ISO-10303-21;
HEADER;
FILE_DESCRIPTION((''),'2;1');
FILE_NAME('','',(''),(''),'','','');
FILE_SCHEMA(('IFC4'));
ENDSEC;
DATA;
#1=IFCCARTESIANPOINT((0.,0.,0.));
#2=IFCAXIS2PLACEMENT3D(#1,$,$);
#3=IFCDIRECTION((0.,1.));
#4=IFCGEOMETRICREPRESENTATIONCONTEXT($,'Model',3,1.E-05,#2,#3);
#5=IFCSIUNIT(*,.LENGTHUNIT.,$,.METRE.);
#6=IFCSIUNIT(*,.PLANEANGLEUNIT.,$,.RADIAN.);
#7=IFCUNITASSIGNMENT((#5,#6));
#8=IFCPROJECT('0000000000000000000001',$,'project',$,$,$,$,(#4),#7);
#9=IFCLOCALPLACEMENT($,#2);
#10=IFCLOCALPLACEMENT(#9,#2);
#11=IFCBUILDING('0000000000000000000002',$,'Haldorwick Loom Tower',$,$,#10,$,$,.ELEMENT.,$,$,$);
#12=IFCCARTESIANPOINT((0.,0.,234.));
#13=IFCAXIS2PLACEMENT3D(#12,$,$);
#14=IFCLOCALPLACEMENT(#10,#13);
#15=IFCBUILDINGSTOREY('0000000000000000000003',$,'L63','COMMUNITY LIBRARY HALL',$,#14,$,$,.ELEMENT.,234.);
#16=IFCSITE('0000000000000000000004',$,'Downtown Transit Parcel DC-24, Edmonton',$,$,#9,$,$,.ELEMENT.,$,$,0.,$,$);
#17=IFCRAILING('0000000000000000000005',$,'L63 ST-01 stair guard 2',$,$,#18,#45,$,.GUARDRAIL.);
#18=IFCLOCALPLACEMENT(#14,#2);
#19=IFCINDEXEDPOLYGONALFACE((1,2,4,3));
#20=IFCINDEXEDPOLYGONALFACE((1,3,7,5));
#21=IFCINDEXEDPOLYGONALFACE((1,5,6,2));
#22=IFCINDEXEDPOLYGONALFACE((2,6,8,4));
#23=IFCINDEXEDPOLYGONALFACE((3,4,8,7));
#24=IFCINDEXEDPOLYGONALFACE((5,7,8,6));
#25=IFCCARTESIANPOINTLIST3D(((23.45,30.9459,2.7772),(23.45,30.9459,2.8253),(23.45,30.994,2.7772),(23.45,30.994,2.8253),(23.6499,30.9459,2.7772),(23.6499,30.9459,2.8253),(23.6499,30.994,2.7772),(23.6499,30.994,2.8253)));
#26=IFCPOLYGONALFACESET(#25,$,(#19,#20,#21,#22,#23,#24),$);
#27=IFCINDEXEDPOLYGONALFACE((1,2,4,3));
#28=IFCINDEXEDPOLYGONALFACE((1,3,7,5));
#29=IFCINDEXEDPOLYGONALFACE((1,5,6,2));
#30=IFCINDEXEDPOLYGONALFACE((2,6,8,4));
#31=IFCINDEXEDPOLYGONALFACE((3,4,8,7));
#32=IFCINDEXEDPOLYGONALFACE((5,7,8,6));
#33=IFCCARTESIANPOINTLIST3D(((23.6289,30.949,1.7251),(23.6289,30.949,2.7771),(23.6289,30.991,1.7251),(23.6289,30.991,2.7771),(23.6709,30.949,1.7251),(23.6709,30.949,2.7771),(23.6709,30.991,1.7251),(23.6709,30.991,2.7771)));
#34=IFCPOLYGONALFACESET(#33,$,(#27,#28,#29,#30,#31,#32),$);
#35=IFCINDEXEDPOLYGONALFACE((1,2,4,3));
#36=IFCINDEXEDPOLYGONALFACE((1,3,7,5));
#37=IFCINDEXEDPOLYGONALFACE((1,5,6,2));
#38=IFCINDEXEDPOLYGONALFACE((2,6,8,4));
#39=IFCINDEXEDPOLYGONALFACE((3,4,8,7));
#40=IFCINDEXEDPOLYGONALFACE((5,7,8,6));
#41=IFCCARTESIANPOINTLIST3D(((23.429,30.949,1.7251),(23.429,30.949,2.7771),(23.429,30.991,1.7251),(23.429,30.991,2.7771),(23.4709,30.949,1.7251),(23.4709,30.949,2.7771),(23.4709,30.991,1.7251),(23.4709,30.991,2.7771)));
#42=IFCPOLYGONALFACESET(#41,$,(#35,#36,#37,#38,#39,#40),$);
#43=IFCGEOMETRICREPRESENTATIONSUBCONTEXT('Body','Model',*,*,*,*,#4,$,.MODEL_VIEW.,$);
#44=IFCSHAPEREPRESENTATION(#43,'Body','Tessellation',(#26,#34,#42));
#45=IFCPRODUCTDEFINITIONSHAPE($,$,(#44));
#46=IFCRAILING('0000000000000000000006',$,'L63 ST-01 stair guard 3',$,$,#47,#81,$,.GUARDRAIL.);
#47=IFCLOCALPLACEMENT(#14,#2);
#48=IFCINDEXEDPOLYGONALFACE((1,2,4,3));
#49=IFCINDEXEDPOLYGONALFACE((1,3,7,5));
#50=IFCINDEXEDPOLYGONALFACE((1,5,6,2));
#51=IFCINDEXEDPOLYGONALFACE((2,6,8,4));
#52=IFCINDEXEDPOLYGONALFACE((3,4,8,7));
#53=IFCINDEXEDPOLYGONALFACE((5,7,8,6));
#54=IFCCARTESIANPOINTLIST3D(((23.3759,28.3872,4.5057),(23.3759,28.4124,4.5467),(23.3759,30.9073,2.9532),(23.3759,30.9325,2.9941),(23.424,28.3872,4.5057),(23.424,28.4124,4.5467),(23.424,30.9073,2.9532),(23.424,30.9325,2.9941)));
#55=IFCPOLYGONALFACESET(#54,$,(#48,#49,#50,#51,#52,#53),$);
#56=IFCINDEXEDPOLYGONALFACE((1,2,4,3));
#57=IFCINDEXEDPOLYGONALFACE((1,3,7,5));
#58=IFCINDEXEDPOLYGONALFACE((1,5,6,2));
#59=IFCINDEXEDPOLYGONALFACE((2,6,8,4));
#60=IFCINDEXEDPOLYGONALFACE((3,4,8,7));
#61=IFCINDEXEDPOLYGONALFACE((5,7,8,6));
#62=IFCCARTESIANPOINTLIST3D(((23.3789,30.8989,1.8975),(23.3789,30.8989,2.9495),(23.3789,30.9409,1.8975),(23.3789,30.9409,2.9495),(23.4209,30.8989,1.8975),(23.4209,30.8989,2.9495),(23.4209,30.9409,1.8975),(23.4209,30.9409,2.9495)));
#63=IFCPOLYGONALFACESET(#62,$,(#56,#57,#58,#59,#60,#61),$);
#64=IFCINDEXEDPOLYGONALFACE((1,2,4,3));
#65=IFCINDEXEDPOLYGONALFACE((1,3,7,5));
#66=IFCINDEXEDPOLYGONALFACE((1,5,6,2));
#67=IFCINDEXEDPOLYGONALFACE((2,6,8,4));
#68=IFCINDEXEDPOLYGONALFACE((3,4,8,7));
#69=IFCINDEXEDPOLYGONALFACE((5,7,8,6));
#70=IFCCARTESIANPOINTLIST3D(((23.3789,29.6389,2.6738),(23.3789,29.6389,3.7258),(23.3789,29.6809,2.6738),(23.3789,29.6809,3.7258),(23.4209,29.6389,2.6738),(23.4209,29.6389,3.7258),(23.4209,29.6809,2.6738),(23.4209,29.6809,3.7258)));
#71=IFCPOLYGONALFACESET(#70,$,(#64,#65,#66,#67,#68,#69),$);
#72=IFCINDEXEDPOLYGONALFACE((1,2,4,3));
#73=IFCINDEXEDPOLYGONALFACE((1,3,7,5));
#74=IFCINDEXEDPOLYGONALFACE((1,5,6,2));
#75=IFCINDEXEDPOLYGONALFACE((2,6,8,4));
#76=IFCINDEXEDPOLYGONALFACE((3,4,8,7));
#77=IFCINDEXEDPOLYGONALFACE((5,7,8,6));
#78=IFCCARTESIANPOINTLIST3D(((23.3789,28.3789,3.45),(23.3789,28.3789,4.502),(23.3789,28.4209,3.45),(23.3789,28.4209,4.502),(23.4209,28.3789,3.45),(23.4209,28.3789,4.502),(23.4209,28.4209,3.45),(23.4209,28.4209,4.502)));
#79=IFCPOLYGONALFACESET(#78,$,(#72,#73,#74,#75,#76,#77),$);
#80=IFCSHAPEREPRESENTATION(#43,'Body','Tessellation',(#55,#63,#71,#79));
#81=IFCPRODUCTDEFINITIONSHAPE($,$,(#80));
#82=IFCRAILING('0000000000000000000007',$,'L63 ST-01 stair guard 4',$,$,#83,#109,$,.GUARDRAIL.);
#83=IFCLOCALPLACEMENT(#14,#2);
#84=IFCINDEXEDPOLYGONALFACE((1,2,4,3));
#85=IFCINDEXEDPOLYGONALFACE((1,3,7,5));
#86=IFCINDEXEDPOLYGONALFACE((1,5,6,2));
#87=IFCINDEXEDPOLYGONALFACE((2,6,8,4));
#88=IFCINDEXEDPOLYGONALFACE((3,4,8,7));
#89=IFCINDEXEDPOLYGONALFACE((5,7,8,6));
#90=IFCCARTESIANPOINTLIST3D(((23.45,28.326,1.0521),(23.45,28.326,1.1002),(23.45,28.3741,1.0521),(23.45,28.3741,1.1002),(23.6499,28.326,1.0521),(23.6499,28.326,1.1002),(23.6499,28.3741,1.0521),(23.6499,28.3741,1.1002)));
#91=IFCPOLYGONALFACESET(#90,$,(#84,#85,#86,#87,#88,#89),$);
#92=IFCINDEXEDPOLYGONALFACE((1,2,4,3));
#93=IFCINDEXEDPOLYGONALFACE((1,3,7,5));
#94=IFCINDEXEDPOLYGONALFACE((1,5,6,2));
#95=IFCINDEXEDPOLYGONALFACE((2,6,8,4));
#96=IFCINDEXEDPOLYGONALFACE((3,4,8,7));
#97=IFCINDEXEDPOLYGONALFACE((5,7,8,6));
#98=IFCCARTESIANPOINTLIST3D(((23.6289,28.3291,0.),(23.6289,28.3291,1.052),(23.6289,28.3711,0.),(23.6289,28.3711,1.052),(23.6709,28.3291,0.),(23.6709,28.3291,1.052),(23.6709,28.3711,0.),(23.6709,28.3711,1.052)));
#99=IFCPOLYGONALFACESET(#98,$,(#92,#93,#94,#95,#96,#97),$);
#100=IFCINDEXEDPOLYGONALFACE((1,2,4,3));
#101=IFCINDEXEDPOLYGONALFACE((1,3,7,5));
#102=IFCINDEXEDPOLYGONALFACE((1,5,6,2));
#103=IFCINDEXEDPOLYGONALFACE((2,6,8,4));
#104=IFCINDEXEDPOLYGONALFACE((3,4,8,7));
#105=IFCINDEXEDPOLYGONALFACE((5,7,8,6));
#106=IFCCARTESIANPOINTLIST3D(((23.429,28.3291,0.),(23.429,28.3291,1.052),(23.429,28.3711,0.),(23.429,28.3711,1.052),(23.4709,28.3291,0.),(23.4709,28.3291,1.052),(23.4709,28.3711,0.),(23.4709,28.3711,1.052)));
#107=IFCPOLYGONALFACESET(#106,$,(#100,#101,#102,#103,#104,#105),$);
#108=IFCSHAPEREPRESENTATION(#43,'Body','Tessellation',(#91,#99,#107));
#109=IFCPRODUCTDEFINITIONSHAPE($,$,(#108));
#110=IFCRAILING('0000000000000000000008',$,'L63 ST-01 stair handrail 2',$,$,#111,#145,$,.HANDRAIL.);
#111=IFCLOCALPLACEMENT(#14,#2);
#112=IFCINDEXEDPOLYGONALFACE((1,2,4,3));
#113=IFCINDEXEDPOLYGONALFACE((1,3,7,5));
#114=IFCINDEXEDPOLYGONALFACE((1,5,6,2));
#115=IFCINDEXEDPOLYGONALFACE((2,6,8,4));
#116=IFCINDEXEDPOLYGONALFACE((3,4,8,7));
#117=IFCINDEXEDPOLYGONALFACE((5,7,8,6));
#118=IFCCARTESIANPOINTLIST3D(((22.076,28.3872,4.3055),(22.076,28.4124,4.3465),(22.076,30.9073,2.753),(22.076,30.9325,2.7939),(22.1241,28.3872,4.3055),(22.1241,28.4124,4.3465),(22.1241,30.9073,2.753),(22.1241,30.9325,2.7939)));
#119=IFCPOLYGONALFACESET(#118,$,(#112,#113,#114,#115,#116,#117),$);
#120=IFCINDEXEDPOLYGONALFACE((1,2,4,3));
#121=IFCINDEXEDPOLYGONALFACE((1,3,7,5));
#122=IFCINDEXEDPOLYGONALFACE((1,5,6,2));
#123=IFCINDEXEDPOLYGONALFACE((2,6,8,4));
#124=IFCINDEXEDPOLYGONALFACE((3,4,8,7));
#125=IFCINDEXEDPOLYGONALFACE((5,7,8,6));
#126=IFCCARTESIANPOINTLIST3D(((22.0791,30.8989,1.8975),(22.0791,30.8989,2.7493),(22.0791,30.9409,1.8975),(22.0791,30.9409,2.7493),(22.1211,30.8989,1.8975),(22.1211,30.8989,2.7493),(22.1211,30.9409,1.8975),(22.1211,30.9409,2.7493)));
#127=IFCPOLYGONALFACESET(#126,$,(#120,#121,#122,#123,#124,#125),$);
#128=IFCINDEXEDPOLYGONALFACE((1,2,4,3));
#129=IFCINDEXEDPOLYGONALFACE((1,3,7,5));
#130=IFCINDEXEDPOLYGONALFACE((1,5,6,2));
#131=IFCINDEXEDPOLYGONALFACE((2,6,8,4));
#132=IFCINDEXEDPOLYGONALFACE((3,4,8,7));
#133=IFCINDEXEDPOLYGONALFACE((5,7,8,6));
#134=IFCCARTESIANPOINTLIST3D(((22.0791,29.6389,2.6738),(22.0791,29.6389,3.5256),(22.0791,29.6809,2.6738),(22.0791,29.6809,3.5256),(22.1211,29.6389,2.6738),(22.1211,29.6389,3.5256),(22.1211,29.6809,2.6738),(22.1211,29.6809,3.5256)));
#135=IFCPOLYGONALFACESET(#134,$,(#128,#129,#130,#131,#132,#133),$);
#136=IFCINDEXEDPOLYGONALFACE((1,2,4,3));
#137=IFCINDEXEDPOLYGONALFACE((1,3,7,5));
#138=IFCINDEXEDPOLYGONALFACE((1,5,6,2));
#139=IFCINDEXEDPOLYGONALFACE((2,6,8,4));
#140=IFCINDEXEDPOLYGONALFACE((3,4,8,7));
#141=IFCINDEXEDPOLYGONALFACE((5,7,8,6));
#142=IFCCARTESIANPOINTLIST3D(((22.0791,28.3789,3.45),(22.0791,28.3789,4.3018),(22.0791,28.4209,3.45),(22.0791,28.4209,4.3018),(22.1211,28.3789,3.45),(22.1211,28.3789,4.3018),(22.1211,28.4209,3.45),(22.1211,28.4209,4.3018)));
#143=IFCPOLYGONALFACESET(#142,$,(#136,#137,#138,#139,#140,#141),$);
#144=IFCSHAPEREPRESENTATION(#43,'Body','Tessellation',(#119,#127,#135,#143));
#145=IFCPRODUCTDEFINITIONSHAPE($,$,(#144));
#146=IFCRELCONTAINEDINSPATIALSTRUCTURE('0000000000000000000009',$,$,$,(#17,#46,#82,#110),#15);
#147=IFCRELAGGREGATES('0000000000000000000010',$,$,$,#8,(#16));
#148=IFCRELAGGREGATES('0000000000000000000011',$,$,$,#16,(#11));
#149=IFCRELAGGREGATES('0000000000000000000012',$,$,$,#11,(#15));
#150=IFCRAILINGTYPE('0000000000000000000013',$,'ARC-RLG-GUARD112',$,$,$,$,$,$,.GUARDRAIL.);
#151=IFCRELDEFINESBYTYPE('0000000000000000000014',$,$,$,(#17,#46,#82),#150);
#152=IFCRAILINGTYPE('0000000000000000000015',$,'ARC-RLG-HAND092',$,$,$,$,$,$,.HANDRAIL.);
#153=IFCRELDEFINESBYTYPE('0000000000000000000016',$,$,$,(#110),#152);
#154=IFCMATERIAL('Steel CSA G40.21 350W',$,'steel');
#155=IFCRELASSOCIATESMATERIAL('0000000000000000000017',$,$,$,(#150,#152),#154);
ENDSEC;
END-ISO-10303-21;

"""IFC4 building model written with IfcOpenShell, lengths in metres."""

from ifc_helpers import new_model, si_unit, direction, frame, origin, origin_2d, place, context, subcontext, project, spatial, rectangle, extrude, material, type_object, element, save


model = new_model("IFC4")

# Units and contexts
model_context = context("Model", 3, precision=1e-05, world=origin(), true_north=direction((0.0, 1.0)))
body_context = subcontext(model_context, "Body", "Model", "MODEL_VIEW")
ifc_project = project(units=[si_unit("LENGTHUNIT", "METRE"), si_unit("PLANEANGLEUNIT", "RADIAN")], contexts=[model_context])

# Site, building, storey
site_placement = place(None, origin())
site = spatial("IfcSite", under=ifc_project, at=site_placement, Name="Downtown Transit Parcel DC-24, Edmonton", CompositionType="ELEMENT", RefElevation=0.0)
building_placement = place(site_placement, origin())
building = spatial("IfcBuilding", under=site, at=building_placement, Name="Haldorwick Loom Tower", CompositionType="ELEMENT")
storey_placement = place(building_placement, frame((0.0, 0.0, 234.0)))
storey = spatial("IfcBuildingStorey", under=building, at=storey_placement, Name="L63", Description="COMMUNITY LIBRARY HALL", CompositionType="ELEMENT", Elevation=234.0)

# Shared definitions
ifc_material_1 = material(Name="Steel CSA G40.21 350W", Category="steel")

# Railings
railing_type_1 = type_object("IfcRailingType", Name="ARC-RLG-GUARD112", PredefinedType="GUARDRAIL", material=ifc_material_1)
railing_1_placement = place(storey_placement, frame((23.6499, 30.97, 1.7251)))
element("IfcRailing", 1, at=railing_1_placement, inside=storey, type_object=railing_type_1, Name="L63 ST-01 stair guard 2", PredefinedType="GUARDRAIL", context=body_context, shape_type="SweptSolid", body=[
    extrude(rectangle(XDim=0.0481, YDim=0.0481, at=origin_2d()), frame((0.0, 0.0, 1.0762), z_axis=(-1.0, 0.0, 0.0), x_axis=(0.0, -1.0, 0.0)), (0.0, 0.0, 1.0), 0.2),
    extrude(rectangle(XDim=0.042, YDim=0.042, at=origin_2d()), origin(), (0.0, 0.0, 1.0), 1.052),
    extrude(rectangle(XDim=0.042, YDim=0.042, at=origin_2d()), frame((-0.2, 0.0, 0.0)), (0.0, 0.0, 1.0), 1.052),
])
railing_2_placement = place(storey_placement, frame((23.3999, 30.9199, 1.8975)))
element("IfcRailing", 2, at=railing_2_placement, inside=storey, type_object=railing_type_1, Name="L63 ST-01 stair guard 3", PredefinedType="GUARDRAIL", context=body_context, shape_type="SweptSolid", body=[
    extrude(rectangle(XDim=0.0481, YDim=0.0481, at=origin_2d()), frame((0.0, 0.0, 1.0762), z_axis=(0.0, -0.8514, 0.524516), x_axis=(1.0, 0.0, 0.0)), (0.0, 0.0, 1.0), 2.96),
    extrude(rectangle(XDim=0.042, YDim=0.042, at=origin_2d()), origin(), (0.0, 0.0, 1.0), 1.052),
    extrude(rectangle(XDim=0.042, YDim=0.042, at=origin_2d()), frame((0.0, -1.26, 0.7764)), (0.0, 0.0, 1.0), 1.052),
    extrude(rectangle(XDim=0.042, YDim=0.042, at=origin_2d()), frame((0.0, -2.52, 1.5525)), (0.0, 0.0, 1.0), 1.052),
])
railing_3_placement = place(storey_placement, frame((23.6499, 28.3501, 0.0)))
element("IfcRailing", 3, at=railing_3_placement, inside=storey, type_object=railing_type_1, Name="L63 ST-01 stair guard 4", PredefinedType="GUARDRAIL", context=body_context, shape_type="SweptSolid", body=[
    extrude(rectangle(XDim=0.0481, YDim=0.0481, at=origin_2d()), frame((0.0, 0.0, 1.0762), z_axis=(-1.0, 0.0, 0.0), x_axis=(0.0, -1.0, 0.0)), (0.0, 0.0, 1.0), 0.2),
    extrude(rectangle(XDim=0.042, YDim=0.042, at=origin_2d()), origin(), (0.0, 0.0, 1.0), 1.052),
    extrude(rectangle(XDim=0.042, YDim=0.042, at=origin_2d()), frame((-0.2, 0.0, 0.0)), (0.0, 0.0, 1.0), 1.052),
])
railing_type_2 = type_object("IfcRailingType", Name="ARC-RLG-HAND092", PredefinedType="HANDRAIL", material=ifc_material_1)
railing_4_placement = place(storey_placement, frame((22.1001, 30.9199, 1.8975)))
element("IfcRailing", 4, at=railing_4_placement, inside=storey, type_object=railing_type_2, Name="L63 ST-01 stair handrail 2", PredefinedType="HANDRAIL", context=body_context, shape_type="SweptSolid", body=[
    extrude(rectangle(XDim=0.0481, YDim=0.0481, at=origin_2d()), frame((0.0, 0.0, 0.876), z_axis=(0.0, -0.8514, 0.524516), x_axis=(1.0, 0.0, 0.0)), (0.0, 0.0, 1.0), 2.96),
    extrude(rectangle(XDim=0.042, YDim=0.042, at=origin_2d()), origin(), (0.0, 0.0, 1.0), 0.8518),
    extrude(rectangle(XDim=0.042, YDim=0.042, at=origin_2d()), frame((0.0, -1.26, 0.7764)), (0.0, 0.0, 1.0), 0.8518),
    extrude(rectangle(XDim=0.042, YDim=0.042, at=origin_2d()), frame((0.0, -2.52, 1.5525)), (0.0, 0.0, 1.0), 0.8518),
])

save(model, "model.ifc")
